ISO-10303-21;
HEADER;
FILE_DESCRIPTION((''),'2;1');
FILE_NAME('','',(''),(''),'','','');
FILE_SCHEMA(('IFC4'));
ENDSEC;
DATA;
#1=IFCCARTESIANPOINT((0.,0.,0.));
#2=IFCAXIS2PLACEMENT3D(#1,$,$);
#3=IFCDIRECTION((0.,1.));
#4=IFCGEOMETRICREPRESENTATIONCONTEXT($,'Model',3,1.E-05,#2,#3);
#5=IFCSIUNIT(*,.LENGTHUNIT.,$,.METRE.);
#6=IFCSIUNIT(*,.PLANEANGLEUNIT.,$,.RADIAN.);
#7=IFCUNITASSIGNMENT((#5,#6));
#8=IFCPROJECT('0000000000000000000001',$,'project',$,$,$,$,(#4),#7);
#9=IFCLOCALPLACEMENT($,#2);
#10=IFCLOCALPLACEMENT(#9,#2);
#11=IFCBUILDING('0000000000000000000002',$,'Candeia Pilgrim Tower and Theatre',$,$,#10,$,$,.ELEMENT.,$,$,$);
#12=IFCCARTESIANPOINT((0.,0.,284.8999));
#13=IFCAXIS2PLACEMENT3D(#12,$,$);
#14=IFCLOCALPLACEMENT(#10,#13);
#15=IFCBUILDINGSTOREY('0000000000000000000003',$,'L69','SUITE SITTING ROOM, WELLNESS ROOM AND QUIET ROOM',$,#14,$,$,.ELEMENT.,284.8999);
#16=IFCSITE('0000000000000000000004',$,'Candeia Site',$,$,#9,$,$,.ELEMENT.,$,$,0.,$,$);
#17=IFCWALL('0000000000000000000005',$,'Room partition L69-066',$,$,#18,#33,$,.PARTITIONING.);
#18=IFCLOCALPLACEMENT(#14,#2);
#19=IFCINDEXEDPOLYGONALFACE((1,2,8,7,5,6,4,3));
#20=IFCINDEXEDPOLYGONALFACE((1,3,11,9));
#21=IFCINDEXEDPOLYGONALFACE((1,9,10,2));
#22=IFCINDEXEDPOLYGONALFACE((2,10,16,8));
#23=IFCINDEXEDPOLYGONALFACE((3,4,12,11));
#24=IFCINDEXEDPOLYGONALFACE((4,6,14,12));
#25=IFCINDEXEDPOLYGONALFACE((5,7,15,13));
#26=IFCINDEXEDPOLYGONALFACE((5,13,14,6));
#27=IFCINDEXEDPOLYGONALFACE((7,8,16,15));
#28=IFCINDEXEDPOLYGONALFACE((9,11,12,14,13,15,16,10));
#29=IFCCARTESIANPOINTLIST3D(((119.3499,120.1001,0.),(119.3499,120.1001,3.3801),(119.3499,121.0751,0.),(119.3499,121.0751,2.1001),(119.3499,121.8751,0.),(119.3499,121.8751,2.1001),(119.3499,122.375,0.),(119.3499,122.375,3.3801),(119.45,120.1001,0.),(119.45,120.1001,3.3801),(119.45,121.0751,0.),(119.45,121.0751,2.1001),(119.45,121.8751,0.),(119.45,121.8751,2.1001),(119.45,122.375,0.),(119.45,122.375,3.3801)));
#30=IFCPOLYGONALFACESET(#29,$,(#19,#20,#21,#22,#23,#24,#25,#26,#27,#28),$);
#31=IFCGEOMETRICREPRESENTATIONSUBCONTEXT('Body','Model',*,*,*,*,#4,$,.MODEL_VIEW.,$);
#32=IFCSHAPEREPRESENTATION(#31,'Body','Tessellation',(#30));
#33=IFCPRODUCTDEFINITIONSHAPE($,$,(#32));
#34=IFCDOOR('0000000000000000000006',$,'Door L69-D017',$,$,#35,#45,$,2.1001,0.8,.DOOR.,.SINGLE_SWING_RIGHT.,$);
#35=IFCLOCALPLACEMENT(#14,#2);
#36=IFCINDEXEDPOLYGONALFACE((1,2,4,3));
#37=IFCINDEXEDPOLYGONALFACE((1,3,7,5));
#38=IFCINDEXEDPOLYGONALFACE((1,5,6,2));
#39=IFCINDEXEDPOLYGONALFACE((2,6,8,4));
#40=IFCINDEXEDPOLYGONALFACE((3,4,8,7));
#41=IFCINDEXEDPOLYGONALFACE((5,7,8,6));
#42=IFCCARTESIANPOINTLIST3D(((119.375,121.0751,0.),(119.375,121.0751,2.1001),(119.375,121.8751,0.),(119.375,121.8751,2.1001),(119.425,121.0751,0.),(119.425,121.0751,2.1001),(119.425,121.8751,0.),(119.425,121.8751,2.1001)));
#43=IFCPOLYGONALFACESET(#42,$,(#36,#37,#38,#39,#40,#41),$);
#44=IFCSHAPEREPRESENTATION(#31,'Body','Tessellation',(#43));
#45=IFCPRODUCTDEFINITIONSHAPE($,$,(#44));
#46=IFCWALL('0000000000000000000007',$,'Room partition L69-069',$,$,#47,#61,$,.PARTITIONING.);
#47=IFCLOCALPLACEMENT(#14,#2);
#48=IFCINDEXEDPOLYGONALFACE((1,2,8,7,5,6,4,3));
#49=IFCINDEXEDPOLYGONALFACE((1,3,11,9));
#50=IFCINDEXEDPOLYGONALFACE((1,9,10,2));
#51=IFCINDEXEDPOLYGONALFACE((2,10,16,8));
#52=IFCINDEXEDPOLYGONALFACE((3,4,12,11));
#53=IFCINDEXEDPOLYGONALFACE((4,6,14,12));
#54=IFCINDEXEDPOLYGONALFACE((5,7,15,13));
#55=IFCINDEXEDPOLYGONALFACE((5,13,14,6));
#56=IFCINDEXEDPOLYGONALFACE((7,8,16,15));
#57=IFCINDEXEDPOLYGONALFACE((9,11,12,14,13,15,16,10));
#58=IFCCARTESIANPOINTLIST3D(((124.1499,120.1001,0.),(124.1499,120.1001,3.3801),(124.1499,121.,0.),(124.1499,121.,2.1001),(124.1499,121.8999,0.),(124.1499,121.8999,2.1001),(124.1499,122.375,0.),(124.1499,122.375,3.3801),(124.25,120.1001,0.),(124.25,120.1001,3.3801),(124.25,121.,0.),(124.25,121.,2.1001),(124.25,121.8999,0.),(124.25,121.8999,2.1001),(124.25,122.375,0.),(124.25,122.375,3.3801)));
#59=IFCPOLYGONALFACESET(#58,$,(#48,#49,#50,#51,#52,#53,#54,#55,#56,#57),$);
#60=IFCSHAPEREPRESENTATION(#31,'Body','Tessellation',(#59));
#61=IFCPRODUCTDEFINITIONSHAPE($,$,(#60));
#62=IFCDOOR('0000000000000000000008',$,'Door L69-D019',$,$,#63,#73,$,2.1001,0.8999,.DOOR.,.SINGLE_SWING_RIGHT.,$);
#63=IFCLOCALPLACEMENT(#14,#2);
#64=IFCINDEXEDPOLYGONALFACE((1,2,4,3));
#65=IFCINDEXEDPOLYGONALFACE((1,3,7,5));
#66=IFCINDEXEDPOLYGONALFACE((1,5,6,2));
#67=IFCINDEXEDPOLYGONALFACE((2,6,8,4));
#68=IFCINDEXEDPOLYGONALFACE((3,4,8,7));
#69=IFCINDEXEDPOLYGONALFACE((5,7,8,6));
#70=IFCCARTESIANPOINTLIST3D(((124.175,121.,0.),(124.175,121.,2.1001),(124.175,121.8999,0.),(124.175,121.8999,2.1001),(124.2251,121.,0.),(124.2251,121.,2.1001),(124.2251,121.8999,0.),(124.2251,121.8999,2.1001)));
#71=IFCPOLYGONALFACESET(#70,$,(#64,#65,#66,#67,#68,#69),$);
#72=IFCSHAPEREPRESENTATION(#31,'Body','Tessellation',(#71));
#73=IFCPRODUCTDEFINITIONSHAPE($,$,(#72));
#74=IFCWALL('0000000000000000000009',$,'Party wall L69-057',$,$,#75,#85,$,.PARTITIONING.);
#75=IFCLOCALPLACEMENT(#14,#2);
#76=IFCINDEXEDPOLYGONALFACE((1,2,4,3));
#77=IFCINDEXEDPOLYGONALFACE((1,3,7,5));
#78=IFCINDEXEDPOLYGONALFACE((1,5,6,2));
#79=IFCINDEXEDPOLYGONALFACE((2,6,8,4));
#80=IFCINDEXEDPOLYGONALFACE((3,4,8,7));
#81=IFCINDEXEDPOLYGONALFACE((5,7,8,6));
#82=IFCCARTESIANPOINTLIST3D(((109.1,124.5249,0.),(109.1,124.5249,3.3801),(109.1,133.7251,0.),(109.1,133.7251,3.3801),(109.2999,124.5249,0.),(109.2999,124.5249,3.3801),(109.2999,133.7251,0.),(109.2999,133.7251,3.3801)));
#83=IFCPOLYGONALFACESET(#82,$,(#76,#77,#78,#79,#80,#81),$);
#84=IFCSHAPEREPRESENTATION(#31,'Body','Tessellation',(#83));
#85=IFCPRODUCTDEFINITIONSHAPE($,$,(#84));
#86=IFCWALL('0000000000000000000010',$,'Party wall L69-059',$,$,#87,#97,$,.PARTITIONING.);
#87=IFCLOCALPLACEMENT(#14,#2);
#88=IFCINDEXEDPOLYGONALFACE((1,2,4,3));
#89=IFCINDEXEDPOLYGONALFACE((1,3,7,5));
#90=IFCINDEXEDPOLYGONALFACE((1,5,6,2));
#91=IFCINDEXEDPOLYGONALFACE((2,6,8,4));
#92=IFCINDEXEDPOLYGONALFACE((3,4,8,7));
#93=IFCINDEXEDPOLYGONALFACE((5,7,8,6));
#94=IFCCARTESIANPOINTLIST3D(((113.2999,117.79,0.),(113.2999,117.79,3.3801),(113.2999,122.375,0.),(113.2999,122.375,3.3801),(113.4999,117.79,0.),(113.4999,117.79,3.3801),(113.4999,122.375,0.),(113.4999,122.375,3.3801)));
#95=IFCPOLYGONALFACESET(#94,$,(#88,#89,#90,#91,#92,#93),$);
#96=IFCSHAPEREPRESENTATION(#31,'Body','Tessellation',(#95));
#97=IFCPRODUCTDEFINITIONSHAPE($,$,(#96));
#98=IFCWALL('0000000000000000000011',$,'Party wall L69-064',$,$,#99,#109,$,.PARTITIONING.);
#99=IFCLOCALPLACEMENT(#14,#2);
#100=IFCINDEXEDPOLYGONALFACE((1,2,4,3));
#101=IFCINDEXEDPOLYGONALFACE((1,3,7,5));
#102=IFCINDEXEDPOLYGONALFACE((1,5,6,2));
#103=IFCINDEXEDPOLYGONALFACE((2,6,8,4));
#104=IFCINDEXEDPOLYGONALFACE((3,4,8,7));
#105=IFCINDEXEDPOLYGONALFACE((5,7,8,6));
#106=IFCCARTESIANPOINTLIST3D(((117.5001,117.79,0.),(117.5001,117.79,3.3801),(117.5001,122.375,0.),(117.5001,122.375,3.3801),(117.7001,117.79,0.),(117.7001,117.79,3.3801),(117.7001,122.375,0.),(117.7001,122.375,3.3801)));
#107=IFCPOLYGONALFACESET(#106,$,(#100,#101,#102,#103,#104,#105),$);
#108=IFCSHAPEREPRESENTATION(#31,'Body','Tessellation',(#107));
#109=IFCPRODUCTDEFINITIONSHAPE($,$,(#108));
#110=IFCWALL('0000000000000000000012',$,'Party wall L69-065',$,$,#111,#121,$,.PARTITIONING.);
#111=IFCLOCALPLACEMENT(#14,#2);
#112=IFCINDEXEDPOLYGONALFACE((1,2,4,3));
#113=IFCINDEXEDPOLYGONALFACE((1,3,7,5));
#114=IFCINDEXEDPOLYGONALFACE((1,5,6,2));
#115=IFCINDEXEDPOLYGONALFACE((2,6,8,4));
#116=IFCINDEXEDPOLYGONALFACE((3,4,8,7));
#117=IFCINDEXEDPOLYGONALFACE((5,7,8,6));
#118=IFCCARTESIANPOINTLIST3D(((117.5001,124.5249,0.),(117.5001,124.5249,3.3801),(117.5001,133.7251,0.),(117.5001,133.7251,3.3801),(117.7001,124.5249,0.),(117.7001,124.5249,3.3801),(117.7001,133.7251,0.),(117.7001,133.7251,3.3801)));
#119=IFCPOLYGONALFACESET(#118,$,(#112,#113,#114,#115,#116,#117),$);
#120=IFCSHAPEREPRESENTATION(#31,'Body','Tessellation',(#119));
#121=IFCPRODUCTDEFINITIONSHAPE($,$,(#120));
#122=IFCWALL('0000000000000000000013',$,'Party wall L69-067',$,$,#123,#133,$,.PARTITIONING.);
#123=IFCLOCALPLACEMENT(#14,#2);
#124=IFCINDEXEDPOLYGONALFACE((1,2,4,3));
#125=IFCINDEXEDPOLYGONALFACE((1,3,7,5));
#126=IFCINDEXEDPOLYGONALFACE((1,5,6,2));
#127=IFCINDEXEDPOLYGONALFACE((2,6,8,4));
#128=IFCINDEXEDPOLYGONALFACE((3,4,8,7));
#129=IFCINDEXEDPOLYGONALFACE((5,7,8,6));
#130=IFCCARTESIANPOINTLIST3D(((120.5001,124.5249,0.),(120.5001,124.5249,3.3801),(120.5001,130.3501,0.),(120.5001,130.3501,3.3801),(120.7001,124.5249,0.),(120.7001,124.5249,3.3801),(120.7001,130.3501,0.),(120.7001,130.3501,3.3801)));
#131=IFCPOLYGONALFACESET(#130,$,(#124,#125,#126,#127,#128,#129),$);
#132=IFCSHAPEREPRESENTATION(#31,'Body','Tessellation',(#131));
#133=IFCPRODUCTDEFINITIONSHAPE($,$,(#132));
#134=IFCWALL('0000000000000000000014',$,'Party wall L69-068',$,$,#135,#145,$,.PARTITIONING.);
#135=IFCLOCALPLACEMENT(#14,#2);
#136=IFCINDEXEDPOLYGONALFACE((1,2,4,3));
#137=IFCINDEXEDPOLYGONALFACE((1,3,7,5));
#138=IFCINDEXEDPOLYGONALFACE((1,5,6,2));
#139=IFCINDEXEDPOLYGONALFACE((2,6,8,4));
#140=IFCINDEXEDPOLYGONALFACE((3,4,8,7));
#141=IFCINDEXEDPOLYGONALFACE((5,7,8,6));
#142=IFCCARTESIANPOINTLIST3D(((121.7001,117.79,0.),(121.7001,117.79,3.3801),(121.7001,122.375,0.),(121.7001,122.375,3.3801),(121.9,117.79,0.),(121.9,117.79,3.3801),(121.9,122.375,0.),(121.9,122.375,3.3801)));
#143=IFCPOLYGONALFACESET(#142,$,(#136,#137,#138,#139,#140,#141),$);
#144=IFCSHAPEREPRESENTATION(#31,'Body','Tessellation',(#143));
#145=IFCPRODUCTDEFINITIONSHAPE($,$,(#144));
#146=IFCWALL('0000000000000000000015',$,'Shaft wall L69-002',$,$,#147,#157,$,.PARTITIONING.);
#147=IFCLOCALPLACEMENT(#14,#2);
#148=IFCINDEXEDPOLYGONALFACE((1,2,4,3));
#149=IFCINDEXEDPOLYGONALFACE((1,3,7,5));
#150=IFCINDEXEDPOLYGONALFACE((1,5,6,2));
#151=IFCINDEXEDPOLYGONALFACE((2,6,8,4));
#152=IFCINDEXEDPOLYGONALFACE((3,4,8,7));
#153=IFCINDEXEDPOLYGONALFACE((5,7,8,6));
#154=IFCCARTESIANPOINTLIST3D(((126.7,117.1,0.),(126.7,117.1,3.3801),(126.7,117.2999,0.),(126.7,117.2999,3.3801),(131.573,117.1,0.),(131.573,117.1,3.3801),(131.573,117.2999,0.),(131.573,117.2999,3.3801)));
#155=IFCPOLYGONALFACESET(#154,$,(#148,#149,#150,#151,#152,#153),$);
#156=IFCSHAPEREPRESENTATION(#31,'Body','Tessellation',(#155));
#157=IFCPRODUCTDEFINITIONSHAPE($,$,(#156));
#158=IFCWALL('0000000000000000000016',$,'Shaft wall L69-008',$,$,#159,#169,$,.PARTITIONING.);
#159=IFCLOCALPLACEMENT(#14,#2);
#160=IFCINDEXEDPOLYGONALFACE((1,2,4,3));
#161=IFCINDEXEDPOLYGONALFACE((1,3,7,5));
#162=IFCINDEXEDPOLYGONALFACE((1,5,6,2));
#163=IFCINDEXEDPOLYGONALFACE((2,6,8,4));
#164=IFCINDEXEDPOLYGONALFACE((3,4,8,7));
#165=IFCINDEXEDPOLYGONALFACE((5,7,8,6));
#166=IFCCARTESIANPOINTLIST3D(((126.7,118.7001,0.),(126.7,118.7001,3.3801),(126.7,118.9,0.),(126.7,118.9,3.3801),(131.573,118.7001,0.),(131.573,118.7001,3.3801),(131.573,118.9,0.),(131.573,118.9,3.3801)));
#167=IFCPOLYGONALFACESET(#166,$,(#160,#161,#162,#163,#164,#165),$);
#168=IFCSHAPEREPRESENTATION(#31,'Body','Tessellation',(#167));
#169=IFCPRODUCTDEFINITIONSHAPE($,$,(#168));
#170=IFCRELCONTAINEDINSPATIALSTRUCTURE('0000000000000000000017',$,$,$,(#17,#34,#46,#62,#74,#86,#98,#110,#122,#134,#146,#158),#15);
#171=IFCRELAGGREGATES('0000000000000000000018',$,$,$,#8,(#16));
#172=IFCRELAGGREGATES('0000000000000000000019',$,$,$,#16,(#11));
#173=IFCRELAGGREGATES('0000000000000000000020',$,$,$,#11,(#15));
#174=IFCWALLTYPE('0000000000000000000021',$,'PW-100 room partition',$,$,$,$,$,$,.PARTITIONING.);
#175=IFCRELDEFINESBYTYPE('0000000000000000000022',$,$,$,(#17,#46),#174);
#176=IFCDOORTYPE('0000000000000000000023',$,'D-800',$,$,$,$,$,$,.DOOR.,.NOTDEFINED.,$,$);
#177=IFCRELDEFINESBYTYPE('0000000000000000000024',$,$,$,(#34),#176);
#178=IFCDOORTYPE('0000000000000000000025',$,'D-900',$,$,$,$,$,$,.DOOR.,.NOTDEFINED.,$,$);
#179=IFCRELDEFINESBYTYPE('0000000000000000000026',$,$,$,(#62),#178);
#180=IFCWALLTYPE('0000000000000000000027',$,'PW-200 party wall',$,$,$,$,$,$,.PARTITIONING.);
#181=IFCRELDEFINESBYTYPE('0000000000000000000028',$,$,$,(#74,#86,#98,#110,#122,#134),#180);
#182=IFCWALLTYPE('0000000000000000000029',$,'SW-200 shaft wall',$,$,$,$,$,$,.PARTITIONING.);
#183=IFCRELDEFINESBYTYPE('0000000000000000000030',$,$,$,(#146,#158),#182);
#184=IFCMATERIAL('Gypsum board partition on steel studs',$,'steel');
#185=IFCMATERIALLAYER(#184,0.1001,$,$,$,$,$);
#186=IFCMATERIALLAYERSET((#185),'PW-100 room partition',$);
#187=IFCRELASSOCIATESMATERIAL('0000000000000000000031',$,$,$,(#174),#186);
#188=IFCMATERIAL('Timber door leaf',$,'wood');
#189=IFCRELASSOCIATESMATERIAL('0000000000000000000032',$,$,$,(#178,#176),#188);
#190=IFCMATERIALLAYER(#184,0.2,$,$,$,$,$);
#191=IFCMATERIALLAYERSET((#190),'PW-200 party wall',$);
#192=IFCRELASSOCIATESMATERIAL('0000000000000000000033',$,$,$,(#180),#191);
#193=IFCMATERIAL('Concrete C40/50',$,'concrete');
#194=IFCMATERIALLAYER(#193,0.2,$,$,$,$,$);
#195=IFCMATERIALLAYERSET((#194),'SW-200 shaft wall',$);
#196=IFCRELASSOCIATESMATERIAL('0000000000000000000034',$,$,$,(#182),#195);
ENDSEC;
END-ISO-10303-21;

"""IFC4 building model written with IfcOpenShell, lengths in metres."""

from ifc_helpers import new_model, si_unit, direction, frame, frame_2d, origin, place, context, subcontext, project, spatial, rectangle, extrude, material, layer, layer_set, type_object, element, fill, save


model = new_model("IFC4")

# Units and contexts
model_context = context("Model", 3, precision=1e-05, world=origin(), true_north=direction((0.0, 1.0)))
body_context = subcontext(model_context, "Body", "Model", "MODEL_VIEW")
ifc_project = project(units=[si_unit("LENGTHUNIT", "METRE"), si_unit("PLANEANGLEUNIT", "RADIAN")], contexts=[model_context])

# Site, building, storey
site_placement = place(None, origin())
site = spatial("IfcSite", under=ifc_project, at=site_placement, Name="Candeia Site", CompositionType="ELEMENT", RefElevation=0.0)
building_placement = place(site_placement, origin())
building = spatial("IfcBuilding", under=site, at=building_placement, Name="Candeia Pilgrim Tower and Theatre", CompositionType="ELEMENT")
storey_placement = place(building_placement, frame((0.0, 0.0, 284.8999)))
storey = spatial("IfcBuildingStorey", under=building, at=storey_placement, Name="L69", Description="SUITE SITTING ROOM, WELLNESS ROOM AND QUIET ROOM", CompositionType="ELEMENT", Elevation=284.8999)

# Shared definitions
ifc_material_1 = material(Name="Concrete C40/50", Category="concrete")

# Shared definitions
ifc_material_2 = material(Name="Gypsum board partition on steel studs", Category="steel")
ifc_layer_1 = layer(ifc_material_2, 0.1001)
ifc_layer_set_1 = layer_set([ifc_layer_1], Name="PW-100 room partition")
wall_type_1 = type_object("IfcWallType", Name="PW-100 room partition", PredefinedType="PARTITIONING", material=ifc_layer_set_1)

# Walls, openings, doors
ifc_material_3 = material(Name="Timber door leaf", Category="wood")
door_type_1 = type_object("IfcDoorType", Name="D-900", OperationType="NOTDEFINED", PredefinedType="DOOR", material=ifc_material_3)
wall_1_placement = place(storey_placement, frame((119.3999, 120.1001, 0.0), z_axis=(0.0, 0.0, 1.0), x_axis=(0.0, 1.0, 0.0)))
wall_1 = element("IfcWall", 1, at=wall_1_placement, inside=storey, type_object=wall_type_1, Name="Room partition L69-066", PredefinedType="PARTITIONING", context=body_context, shape_type="SweptSolid", body=[
    extrude(rectangle(XDim=2.2749, YDim=0.1001, at=frame_2d((1.1375, 0.0))), origin(), (0.0, 0.0, 1.0), 3.3801),
])
opening_1_placement = place(wall_1_placement, frame((0.9751, 0.0, 0.0)))
opening_1 = element("IfcOpeningElement", 2, at=opening_1_placement, cuts=wall_1, PredefinedType="OPENING", context=body_context, shape_type="SweptSolid", body=[
    extrude(rectangle(XDim=0.8, YDim=2.1001, at=frame_2d((0.3999, 1.05))), frame((0.0, 0.0601, 0.0), z_axis=(0.0, -1.0, 0.0), x_axis=(1.0, 0.0, 0.0)), (0.0, 0.0, 1.0), 0.1201),
])
door_type_2 = type_object("IfcDoorType", Name="D-800", OperationType="NOTDEFINED", PredefinedType="DOOR", material=ifc_material_3)
door_1_placement = place(opening_1_placement, origin())
door_1 = element("IfcDoor", 3, at=door_1_placement, inside=storey, type_object=door_type_2, Name="Door L69-D017", OperationType="SINGLE_SWING_RIGHT", OverallHeight=2.1001, OverallWidth=0.8, PredefinedType="DOOR", context=body_context, shape_type="SweptSolid", body=[
    extrude(rectangle(XDim=0.8, YDim=2.1001, at=frame_2d((0.3999, 1.05))), frame((0.0, 0.0249, 0.0), z_axis=(0.0, -1.0, 0.0), x_axis=(1.0, 0.0, 0.0)), (0.0, 0.0, 1.0), 0.05),
])
fill(opening_1, door_1)
wall_2_placement = place(storey_placement, frame((124.2, 120.1001, 0.0), z_axis=(0.0, 0.0, 1.0), x_axis=(0.0, 1.0, 0.0)))
wall_2 = element("IfcWall", 4, at=wall_2_placement, inside=storey, type_object=wall_type_1, Name="Room partition L69-069", PredefinedType="PARTITIONING", context=body_context, shape_type="SweptSolid", body=[
    extrude(rectangle(XDim=2.2749, YDim=0.1001, at=frame_2d((1.1375, 0.0))), origin(), (0.0, 0.0, 1.0), 3.3801),
])
opening_2_placement = place(wall_2_placement, frame((0.8999, 0.0, 0.0)))
opening_2 = element("IfcOpeningElement", 5, at=opening_2_placement, cuts=wall_2, PredefinedType="OPENING", context=body_context, shape_type="SweptSolid", body=[
    extrude(rectangle(XDim=0.8999, YDim=2.1001, at=frame_2d((0.45, 1.05))), frame((0.0, 0.0601, 0.0), z_axis=(0.0, -1.0, 0.0), x_axis=(1.0, 0.0, 0.0)), (0.0, 0.0, 1.0), 0.1201),
])
door_2_placement = place(opening_2_placement, origin())
door_2 = element("IfcDoor", 6, at=door_2_placement, inside=storey, type_object=door_type_1, Name="Door L69-D019", OperationType="SINGLE_SWING_RIGHT", OverallHeight=2.1001, OverallWidth=0.8999, PredefinedType="DOOR", context=body_context, shape_type="SweptSolid", body=[
    extrude(rectangle(XDim=0.8999, YDim=2.1001, at=frame_2d((0.45, 1.05))), frame((0.0, 0.0249, 0.0), z_axis=(0.0, -1.0, 0.0), x_axis=(1.0, 0.0, 0.0)), (0.0, 0.0, 1.0), 0.05),
])
fill(opening_2, door_2)

# Walls
ifc_layer_2 = layer(ifc_material_2, 0.2)
ifc_layer_set_2 = layer_set([ifc_layer_2], Name="PW-200 party wall")
wall_type_2 = type_object("IfcWallType", Name="PW-200 party wall", PredefinedType="PARTITIONING", material=ifc_layer_set_2)
wall_3_placement = place(storey_placement, frame((109.2, 124.5249, 0.0), z_axis=(0.0, 0.0, 1.0), x_axis=(0.0, 1.0, 0.0)))
element("IfcWall", 7, at=wall_3_placement, inside=storey, type_object=wall_type_2, Name="Party wall L69-057", PredefinedType="PARTITIONING", context=body_context, shape_type="SweptSolid", body=[
    extrude(rectangle(XDim=9.2002, YDim=0.2, at=frame_2d((4.6001, 0.0))), origin(), (0.0, 0.0, 1.0), 3.3801),
])
for number, where, z_axis, x_axis, name in (
    (8, (113.3999, 117.79, 0.0), (0.0, 0.0, 1.0), (0.0, 1.0, 0.0), "Party wall L69-059"),
    (9, (117.6001, 117.79, 0.0), (0.0, 0.0, 1.0), (0.0, 1.0, 0.0), "Party wall L69-064"),
):
    element("IfcWall", number, at=place(storey_placement, frame(where, z_axis=z_axis, x_axis=x_axis)), inside=storey, type_object=wall_type_2, Name=name, PredefinedType="PARTITIONING", context=body_context, shape_type="SweptSolid", body=[
        extrude(rectangle(XDim=4.585, YDim=0.2, at=frame_2d((2.2925, 0.0))), origin(), (0.0, 0.0, 1.0), 3.3801),
    ])
wall_4_placement = place(storey_placement, frame((117.6001, 124.5249, 0.0), z_axis=(0.0, 0.0, 1.0), x_axis=(0.0, 1.0, 0.0)))
element("IfcWall", 10, at=wall_4_placement, inside=storey, type_object=wall_type_2, Name="Party wall L69-065", PredefinedType="PARTITIONING", context=body_context, shape_type="SweptSolid", body=[
    extrude(rectangle(XDim=9.2002, YDim=0.2, at=frame_2d((4.6001, 0.0))), origin(), (0.0, 0.0, 1.0), 3.3801),
])
wall_5_placement = place(storey_placement, frame((120.6001, 124.5249, 0.0), z_axis=(0.0, 0.0, 1.0), x_axis=(0.0, 1.0, 0.0)))
element("IfcWall", 11, at=wall_5_placement, inside=storey, type_object=wall_type_2, Name="Party wall L69-067", PredefinedType="PARTITIONING", context=body_context, shape_type="SweptSolid", body=[
    extrude(rectangle(XDim=5.8252, YDim=0.2, at=frame_2d((2.9126, 0.0))), origin(), (0.0, 0.0, 1.0), 3.3801),
])
wall_6_placement = place(storey_placement, frame((121.8, 117.79, 0.0), z_axis=(0.0, 0.0, 1.0), x_axis=(0.0, 1.0, 0.0)))
element("IfcWall", 12, at=wall_6_placement, inside=storey, type_object=wall_type_2, Name="Party wall L69-068", PredefinedType="PARTITIONING", context=body_context, shape_type="SweptSolid", body=[
    extrude(rectangle(XDim=4.585, YDim=0.2, at=frame_2d((2.2925, 0.0))), origin(), (0.0, 0.0, 1.0), 3.3801),
])
ifc_layer_3 = layer(ifc_material_1, 0.2)
ifc_layer_set_3 = layer_set([ifc_layer_3], Name="SW-200 shaft wall")
wall_type_3 = type_object("IfcWallType", Name="SW-200 shaft wall", PredefinedType="PARTITIONING", material=ifc_layer_set_3)
for number, where, z_axis, x_axis, name in (
    (13, (126.7, 117.2, 0.0), (0.0, 0.0, 1.0), (1.0, 0.0, 0.0), "Shaft wall L69-002"),
    (14, (126.7, 118.8, 0.0), (0.0, 0.0, 1.0), (1.0, 0.0, 0.0), "Shaft wall L69-008"),
):
    element("IfcWall", number, at=place(storey_placement, frame(where, z_axis=z_axis, x_axis=x_axis)), inside=storey, type_object=wall_type_3, Name=name, PredefinedType="PARTITIONING", context=body_context, shape_type="SweptSolid", body=[
        extrude(rectangle(XDim=4.873, YDim=0.2, at=frame_2d((2.4365, 0.0))), origin(), (0.0, 0.0, 1.0), 3.3801),
    ])

save(model, "model.ifc")
